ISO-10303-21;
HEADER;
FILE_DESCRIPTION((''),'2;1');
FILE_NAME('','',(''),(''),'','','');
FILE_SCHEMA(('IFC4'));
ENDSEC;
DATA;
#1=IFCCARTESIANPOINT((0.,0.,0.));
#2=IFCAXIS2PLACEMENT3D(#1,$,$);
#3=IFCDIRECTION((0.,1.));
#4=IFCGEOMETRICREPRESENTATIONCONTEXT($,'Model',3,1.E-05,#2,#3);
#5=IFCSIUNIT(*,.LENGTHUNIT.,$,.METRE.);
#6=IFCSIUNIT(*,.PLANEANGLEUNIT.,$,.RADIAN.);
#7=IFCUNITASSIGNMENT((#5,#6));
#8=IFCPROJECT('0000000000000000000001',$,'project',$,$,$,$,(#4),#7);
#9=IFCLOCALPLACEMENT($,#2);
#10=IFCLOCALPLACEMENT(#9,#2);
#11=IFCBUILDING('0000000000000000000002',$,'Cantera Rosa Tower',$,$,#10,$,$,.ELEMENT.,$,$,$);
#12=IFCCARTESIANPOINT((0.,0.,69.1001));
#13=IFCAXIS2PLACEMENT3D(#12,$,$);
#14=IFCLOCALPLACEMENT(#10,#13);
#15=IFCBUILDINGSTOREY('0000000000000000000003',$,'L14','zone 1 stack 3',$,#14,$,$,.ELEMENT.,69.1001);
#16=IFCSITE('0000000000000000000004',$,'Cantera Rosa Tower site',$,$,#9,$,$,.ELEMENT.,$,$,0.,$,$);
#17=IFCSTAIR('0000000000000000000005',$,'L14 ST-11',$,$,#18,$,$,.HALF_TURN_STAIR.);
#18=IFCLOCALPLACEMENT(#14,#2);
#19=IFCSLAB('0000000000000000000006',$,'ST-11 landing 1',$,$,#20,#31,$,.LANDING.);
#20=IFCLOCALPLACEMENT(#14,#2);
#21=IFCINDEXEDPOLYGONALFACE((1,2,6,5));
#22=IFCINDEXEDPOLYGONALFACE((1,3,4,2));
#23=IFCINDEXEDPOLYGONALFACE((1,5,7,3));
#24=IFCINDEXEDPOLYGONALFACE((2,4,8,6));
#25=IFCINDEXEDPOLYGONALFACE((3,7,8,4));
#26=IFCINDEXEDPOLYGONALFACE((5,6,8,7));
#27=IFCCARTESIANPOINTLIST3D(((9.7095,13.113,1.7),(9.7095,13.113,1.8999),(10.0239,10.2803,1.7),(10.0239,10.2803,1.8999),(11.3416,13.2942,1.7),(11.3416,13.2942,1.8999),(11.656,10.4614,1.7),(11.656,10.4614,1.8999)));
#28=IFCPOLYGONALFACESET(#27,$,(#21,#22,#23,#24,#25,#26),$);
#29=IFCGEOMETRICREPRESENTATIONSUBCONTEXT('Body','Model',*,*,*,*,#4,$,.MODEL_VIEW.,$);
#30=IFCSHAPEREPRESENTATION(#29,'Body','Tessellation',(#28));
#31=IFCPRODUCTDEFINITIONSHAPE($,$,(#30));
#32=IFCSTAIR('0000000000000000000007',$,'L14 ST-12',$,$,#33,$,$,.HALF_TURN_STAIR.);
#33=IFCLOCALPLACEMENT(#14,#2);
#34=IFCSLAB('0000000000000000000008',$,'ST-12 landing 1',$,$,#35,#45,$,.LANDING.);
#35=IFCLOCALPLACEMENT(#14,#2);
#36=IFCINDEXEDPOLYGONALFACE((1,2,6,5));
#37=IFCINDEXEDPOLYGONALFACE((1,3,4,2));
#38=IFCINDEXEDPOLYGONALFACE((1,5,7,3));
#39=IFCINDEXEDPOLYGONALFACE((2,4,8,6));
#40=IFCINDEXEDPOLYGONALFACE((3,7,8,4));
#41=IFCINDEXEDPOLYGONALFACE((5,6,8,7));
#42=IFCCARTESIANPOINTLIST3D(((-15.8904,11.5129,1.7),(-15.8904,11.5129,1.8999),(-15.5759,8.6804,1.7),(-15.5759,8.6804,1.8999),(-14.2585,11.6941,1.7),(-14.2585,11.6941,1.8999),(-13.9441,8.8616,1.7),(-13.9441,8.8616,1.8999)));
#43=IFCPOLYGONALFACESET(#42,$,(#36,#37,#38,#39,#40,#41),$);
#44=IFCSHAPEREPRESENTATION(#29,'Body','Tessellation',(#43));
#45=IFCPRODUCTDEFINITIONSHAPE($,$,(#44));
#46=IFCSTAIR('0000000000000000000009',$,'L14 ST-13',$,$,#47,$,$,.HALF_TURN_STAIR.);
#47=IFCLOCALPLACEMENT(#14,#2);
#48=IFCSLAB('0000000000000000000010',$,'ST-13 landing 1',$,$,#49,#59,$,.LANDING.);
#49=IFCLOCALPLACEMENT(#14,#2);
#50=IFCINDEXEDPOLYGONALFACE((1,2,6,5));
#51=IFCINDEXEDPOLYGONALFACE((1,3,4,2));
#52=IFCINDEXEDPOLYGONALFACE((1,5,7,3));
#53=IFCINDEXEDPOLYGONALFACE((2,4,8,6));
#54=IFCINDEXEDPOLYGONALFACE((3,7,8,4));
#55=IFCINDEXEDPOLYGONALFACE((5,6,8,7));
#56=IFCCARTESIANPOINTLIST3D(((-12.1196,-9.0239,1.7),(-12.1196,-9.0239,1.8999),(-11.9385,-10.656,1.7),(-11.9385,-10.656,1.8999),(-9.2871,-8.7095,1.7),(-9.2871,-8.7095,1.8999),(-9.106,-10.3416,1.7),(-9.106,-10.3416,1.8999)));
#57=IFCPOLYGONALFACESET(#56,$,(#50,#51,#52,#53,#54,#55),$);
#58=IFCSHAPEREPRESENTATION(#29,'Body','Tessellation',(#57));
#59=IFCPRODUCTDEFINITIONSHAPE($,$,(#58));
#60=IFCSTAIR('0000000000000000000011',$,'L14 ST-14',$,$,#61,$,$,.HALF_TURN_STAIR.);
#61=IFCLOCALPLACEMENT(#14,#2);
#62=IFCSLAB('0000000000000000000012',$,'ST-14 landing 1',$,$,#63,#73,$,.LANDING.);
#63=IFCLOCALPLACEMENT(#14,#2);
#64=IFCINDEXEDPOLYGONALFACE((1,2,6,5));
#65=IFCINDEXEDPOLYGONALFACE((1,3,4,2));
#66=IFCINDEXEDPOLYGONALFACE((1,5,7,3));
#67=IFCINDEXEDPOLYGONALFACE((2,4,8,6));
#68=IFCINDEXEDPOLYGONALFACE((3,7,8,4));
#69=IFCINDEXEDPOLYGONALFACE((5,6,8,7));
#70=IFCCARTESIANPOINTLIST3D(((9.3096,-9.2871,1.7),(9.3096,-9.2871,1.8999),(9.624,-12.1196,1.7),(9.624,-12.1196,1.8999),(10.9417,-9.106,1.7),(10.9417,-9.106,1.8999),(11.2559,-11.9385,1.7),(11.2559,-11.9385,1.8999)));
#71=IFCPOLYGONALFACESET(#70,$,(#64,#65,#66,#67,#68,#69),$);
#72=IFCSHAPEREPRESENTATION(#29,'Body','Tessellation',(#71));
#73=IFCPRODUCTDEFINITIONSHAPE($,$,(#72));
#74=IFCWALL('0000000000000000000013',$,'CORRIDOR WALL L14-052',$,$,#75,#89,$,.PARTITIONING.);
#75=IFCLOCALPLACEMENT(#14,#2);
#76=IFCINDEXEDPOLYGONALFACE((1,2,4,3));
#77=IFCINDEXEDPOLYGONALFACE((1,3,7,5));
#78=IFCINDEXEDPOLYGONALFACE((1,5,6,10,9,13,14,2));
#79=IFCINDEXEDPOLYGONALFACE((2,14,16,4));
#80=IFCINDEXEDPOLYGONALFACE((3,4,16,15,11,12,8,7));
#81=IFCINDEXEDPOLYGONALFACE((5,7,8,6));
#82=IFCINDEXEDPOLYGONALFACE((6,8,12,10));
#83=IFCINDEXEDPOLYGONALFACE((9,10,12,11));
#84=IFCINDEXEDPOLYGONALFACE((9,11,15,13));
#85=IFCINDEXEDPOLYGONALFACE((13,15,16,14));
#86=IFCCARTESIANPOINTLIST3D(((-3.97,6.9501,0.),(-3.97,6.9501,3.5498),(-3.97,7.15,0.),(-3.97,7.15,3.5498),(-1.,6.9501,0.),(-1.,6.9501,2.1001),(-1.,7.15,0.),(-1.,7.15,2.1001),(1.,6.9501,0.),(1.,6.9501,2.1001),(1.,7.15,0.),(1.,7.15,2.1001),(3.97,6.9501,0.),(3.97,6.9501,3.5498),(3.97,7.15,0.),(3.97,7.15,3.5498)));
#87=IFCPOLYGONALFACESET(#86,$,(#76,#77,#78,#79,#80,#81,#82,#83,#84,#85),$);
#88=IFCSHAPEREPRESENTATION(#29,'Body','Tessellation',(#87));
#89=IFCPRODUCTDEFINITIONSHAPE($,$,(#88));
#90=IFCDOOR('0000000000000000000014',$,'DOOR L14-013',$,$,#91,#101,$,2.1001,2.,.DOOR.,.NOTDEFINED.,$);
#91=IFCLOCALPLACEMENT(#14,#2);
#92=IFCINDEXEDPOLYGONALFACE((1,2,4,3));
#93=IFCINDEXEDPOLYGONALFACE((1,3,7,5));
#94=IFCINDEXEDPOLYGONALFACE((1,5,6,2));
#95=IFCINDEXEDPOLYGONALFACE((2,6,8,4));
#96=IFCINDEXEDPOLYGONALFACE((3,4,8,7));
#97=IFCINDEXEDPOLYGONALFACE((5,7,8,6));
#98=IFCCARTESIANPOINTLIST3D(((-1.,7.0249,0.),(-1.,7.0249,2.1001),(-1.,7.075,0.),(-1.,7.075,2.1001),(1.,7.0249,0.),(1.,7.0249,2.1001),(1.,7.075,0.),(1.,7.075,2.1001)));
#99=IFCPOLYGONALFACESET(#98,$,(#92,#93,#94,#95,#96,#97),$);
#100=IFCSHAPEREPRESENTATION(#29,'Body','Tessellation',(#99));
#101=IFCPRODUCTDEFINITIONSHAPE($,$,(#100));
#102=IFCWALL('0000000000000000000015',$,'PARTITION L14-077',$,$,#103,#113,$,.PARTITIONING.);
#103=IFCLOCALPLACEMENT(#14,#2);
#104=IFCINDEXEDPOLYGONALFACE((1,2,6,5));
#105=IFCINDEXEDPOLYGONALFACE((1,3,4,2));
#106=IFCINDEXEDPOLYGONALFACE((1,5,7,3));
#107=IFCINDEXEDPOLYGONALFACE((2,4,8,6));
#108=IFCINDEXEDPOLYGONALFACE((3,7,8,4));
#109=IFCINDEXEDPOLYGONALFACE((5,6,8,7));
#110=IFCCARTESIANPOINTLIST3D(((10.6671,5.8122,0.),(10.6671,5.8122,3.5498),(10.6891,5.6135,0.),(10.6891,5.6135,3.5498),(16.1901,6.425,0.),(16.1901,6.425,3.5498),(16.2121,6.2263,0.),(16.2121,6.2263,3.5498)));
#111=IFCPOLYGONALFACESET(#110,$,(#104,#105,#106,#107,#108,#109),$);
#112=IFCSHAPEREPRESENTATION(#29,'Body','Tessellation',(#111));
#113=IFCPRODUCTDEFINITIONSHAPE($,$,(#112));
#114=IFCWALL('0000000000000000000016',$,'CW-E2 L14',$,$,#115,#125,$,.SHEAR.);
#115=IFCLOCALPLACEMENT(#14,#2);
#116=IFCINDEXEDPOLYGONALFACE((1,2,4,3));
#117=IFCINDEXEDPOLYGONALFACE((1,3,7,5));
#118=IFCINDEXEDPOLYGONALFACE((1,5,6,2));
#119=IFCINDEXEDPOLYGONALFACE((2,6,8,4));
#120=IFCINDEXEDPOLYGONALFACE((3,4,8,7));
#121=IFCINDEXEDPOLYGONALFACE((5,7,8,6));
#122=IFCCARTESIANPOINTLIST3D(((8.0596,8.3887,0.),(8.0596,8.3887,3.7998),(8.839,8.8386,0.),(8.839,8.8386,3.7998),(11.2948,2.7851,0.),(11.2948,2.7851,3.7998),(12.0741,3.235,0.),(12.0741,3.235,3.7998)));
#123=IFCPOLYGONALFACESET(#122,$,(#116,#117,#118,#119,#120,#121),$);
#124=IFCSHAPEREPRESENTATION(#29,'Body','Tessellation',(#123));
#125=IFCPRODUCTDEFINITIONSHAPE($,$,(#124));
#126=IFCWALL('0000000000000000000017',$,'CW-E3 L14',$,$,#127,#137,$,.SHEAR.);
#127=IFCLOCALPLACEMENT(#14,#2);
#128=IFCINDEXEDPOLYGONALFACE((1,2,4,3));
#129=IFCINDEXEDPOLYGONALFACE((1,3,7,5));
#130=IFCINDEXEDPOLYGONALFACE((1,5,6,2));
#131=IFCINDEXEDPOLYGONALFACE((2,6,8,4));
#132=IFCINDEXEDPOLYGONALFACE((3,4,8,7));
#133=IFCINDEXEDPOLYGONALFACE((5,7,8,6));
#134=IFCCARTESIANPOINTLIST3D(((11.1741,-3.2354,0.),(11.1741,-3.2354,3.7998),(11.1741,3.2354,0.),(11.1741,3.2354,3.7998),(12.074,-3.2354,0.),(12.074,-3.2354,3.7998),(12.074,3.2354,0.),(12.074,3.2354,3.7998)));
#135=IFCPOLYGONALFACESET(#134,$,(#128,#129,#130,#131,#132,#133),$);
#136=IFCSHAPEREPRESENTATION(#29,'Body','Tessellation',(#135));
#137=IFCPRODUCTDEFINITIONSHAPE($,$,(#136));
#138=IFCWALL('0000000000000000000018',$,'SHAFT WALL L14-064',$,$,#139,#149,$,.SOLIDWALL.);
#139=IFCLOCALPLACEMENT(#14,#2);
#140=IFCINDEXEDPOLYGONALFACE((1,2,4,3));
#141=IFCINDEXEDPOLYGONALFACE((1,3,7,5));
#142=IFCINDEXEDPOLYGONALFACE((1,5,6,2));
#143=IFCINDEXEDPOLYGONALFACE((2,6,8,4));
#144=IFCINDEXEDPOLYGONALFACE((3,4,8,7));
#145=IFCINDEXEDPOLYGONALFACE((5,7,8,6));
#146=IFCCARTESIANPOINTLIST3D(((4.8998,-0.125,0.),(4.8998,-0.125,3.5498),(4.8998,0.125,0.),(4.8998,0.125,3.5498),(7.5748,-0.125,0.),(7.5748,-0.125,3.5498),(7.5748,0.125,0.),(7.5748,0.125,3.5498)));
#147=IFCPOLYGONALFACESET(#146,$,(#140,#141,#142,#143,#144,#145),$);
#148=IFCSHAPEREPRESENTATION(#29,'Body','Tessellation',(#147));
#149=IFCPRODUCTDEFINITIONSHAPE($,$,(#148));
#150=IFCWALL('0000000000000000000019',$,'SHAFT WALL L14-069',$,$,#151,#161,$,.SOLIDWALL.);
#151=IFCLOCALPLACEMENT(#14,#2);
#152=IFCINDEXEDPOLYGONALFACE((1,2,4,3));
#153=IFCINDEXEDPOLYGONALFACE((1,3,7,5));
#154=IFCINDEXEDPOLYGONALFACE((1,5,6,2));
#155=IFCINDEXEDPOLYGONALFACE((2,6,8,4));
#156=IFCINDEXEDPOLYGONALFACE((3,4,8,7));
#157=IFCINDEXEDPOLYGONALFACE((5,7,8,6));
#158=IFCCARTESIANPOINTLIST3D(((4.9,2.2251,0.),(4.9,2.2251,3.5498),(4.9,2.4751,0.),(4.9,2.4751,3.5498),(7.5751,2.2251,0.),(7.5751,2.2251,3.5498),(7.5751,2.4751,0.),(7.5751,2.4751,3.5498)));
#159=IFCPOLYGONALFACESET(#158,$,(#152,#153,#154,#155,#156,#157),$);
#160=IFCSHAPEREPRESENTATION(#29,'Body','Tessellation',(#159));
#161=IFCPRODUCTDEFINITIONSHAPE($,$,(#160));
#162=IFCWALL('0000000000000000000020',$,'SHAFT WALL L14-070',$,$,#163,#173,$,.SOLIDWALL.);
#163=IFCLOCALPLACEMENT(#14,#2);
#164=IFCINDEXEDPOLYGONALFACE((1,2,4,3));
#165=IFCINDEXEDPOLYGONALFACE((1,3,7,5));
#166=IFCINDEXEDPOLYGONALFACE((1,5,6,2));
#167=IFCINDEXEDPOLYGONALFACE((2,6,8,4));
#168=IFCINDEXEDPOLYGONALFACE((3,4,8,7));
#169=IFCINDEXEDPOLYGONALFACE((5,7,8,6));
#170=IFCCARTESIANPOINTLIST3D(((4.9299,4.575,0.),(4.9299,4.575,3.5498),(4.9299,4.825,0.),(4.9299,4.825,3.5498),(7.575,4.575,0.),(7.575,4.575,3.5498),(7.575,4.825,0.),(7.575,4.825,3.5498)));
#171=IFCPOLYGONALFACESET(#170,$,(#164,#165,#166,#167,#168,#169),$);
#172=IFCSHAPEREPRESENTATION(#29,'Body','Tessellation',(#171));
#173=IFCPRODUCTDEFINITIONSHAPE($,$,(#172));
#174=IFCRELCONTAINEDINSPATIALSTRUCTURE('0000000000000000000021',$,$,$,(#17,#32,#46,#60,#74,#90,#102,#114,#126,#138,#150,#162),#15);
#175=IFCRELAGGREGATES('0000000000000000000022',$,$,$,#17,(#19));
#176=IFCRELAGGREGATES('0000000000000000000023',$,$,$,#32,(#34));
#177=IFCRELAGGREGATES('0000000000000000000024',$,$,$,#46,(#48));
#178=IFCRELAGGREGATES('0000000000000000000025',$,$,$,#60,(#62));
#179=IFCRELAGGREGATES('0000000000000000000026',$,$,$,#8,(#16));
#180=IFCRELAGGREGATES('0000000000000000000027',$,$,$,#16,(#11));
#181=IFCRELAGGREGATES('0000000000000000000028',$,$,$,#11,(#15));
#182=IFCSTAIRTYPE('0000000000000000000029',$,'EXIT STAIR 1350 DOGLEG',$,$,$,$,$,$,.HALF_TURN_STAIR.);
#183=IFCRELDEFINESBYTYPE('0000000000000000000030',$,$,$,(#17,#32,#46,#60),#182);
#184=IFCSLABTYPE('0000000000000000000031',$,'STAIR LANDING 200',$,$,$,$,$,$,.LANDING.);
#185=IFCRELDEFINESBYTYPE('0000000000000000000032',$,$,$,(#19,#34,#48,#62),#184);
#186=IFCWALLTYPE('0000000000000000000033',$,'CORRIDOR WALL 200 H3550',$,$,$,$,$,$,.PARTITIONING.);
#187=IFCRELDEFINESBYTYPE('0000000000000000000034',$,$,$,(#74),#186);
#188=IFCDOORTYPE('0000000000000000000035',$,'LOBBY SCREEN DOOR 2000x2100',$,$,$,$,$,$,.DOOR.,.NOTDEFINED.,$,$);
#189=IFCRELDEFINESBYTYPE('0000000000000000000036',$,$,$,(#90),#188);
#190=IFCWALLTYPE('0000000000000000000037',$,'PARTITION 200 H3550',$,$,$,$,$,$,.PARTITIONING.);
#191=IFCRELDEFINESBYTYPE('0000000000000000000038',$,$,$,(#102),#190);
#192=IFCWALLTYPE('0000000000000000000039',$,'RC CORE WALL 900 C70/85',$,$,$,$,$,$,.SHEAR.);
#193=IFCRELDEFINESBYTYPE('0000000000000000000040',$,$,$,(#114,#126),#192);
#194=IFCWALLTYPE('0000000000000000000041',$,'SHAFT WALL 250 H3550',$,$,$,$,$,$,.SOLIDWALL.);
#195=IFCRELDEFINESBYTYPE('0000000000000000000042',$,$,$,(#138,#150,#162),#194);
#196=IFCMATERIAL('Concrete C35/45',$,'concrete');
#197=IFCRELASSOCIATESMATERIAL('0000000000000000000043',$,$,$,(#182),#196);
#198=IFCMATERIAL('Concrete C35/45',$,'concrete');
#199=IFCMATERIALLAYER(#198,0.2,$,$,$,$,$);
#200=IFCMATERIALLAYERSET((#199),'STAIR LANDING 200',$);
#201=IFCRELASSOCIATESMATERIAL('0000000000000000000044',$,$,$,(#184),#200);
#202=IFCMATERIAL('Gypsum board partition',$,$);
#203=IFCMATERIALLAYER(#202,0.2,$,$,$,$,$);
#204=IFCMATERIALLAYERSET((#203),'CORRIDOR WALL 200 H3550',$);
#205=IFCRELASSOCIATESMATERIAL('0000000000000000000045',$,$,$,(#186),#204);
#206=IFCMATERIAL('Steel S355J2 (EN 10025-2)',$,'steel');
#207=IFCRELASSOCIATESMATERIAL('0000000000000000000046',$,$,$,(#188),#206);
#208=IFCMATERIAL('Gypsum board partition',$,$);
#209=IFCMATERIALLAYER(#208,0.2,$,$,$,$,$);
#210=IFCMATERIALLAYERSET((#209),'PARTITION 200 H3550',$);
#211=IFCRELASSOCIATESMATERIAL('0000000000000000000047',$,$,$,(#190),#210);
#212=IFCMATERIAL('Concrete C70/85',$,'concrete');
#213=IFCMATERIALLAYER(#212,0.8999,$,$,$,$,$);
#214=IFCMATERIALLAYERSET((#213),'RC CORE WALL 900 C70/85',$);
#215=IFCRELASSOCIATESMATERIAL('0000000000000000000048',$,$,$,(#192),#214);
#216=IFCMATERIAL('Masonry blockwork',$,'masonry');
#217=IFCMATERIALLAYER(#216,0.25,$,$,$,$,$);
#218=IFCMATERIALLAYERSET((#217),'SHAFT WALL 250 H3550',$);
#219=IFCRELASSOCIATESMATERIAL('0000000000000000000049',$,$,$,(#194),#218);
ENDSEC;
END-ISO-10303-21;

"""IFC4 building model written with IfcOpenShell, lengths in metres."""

from ifc_helpers import new_model, si_unit, direction, frame, frame_2d, origin, place, context, subcontext, project, spatial, polyline, rectangle, outline, extrude, material, layer, layer_set, type_object, element, fill, aggregate, save


model = new_model("IFC4")

# Units and contexts
model_context = context("Model", 3, precision=1e-05, world=origin(), true_north=direction((0.0, 1.0)))
body_context = subcontext(model_context, "Body", "Model", "MODEL_VIEW")
ifc_project = project(units=[si_unit("LENGTHUNIT", "METRE"), si_unit("PLANEANGLEUNIT", "RADIAN")], contexts=[model_context])

# Site, building, storey
site_placement = place(None, origin())
site = spatial("IfcSite", under=ifc_project, at=site_placement, Name="Cantera Rosa Tower site", CompositionType="ELEMENT", RefElevation=0.0)
building_placement = place(site_placement, origin())
building = spatial("IfcBuilding", under=site, at=building_placement, Name="Cantera Rosa Tower", CompositionType="ELEMENT")
storey_placement = place(building_placement, frame((0.0, 0.0, 69.1001)))
storey = spatial("IfcBuildingStorey", under=building, at=storey_placement, Name="L14", Description="zone 1 stack 3", CompositionType="ELEMENT", Elevation=69.1001)

# Stairs, slabs
ifc_material_1 = material(Name="Concrete C35/45", Category="concrete")
stair_type = type_object("IfcStairType", Name="EXIT STAIR 1350 DOGLEG", PredefinedType="HALF_TURN_STAIR", material=ifc_material_1)
stair_1_placement = place(storey_placement, origin())
stair_1 = element("IfcStair", 1, at=stair_1_placement, inside=storey, type_object=stair_type, Name="L14 ST-11", PredefinedType="HALF_TURN_STAIR")
ifc_material_2 = material(Name="Concrete C35/45", Category="concrete")
ifc_layer_1 = layer(ifc_material_2, 0.2)
ifc_layer_set_1 = layer_set([ifc_layer_1], Name="STAIR LANDING 200")
slab_type_1 = type_object("IfcSlabType", Name="STAIR LANDING 200", PredefinedType="LANDING", material=ifc_layer_set_1)
slab_1_placement = place(storey_placement, frame((0.0, 0.0, 1.7)))
slab_1 = element("IfcSlab", 2, at=slab_1_placement, type_object=slab_type_1, Name="ST-11 landing 1", PredefinedType="LANDING", context=body_context, shape_type="SweptSolid", body=[
    extrude(outline(polyline([(11.3416, 13.2942), (9.7095, 13.113), (10.0239, 10.2803), (11.656, 10.4614), (11.3416, 13.2942)])), origin(), (0.0, 0.0, 1.0), 0.2),
])
aggregate(stair_1, [slab_1])
stair_2_placement = place(storey_placement, origin())
stair_2 = element("IfcStair", 3, at=stair_2_placement, inside=storey, type_object=stair_type, Name="L14 ST-12", PredefinedType="HALF_TURN_STAIR")
slab_2_placement = place(storey_placement, frame((0.0, 0.0, 1.7)))
slab_2 = element("IfcSlab", 4, at=slab_2_placement, type_object=slab_type_1, Name="ST-12 landing 1", PredefinedType="LANDING", context=body_context, shape_type="SweptSolid", body=[
    extrude(outline(polyline([(-14.2585, 11.6941), (-15.8904, 11.5129), (-15.5759, 8.6804), (-13.9441, 8.8616), (-14.2585, 11.6941)])), origin(), (0.0, 0.0, 1.0), 0.2),
])
aggregate(stair_2, [slab_2])
stair_3_placement = place(storey_placement, origin())
stair_3 = element("IfcStair", 5, at=stair_3_placement, inside=storey, type_object=stair_type, Name="L14 ST-13", PredefinedType="HALF_TURN_STAIR")
slab_3_placement = place(storey_placement, frame((0.0, 0.0, 1.7)))
slab_3 = element("IfcSlab", 6, at=slab_3_placement, type_object=slab_type_1, Name="ST-13 landing 1", PredefinedType="LANDING", context=body_context, shape_type="SweptSolid", body=[
    extrude(outline(polyline([(-9.106, -10.3416), (-9.2871, -8.7095), (-12.1196, -9.0239), (-11.9385, -10.656), (-9.106, -10.3416)])), origin(), (0.0, 0.0, 1.0), 0.2),
])
aggregate(stair_3, [slab_3])
stair_4_placement = place(storey_placement, origin())
stair_4 = element("IfcStair", 7, at=stair_4_placement, inside=storey, type_object=stair_type, Name="L14 ST-14", PredefinedType="HALF_TURN_STAIR")
slab_4_placement = place(storey_placement, frame((0.0, 0.0, 1.7)))
slab_4 = element("IfcSlab", 8, at=slab_4_placement, type_object=slab_type_1, Name="ST-14 landing 1", PredefinedType="LANDING", context=body_context, shape_type="SweptSolid", body=[
    extrude(outline(polyline([(10.9417, -9.106), (9.3096, -9.2871), (9.624, -12.1196), (11.2559, -11.9385), (10.9417, -9.106)])), origin(), (0.0, 0.0, 1.0), 0.2),
])
aggregate(stair_4, [slab_4])

# Wall, opening, door
ifc_material_3 = material(Name="Gypsum board partition")
ifc_layer_2 = layer(ifc_material_3, 0.2)
ifc_layer_set_2 = layer_set([ifc_layer_2], Name="CORRIDOR WALL 200 H3550")
wall_type_1 = type_object("IfcWallType", Name="CORRIDOR WALL 200 H3550", PredefinedType="PARTITIONING", material=ifc_layer_set_2)
wall_1_placement = place(storey_placement, frame((-3.97, 7.05, 0.0), z_axis=(0.0, 0.0, 1.0), x_axis=(1.0, 0.0, 0.0)))
wall_1 = element("IfcWall", 9, at=wall_1_placement, inside=storey, type_object=wall_type_1, Name="CORRIDOR WALL L14-052", PredefinedType="PARTITIONING", context=body_context, shape_type="SweptSolid", body=[
    extrude(rectangle(XDim=7.9399, YDim=0.2, at=frame_2d((3.97, 0.0))), origin(), (0.0, 0.0, 1.0), 3.5498),
])
opening_1_placement = place(wall_1_placement, frame((2.97, 0.0, 0.0)))
opening_1 = element("IfcOpeningElement", 10, at=opening_1_placement, cuts=wall_1, PredefinedType="OPENING", context=body_context, shape_type="SweptSolid", body=[
    extrude(rectangle(XDim=2.0, YDim=2.1001, at=frame_2d((1.0, 1.05))), frame((0.0, 0.1099, 0.0), z_axis=(0.0, -1.0, 0.0), x_axis=(1.0, 0.0, 0.0)), (0.0, 0.0, 1.0), 0.22),
])
ifc_material_4 = material(Name="Steel S355J2 (EN 10025-2)", Category="steel")
door_type_1 = type_object("IfcDoorType", Name="LOBBY SCREEN DOOR 2000x2100", OperationType="NOTDEFINED", PredefinedType="DOOR", material=ifc_material_4)
door_1_placement = place(opening_1_placement, origin())
door_1 = element("IfcDoor", 11, at=door_1_placement, inside=storey, type_object=door_type_1, Name="DOOR L14-013", OperationType="NOTDEFINED", OverallHeight=2.1001, OverallWidth=2.0, PredefinedType="DOOR", context=body_context, shape_type="SweptSolid", body=[
    extrude(rectangle(XDim=2.0, YDim=2.1001, at=frame_2d((1.0, 1.05))), frame((0.0, 0.0249, 0.0), z_axis=(0.0, -1.0, 0.0), x_axis=(1.0, 0.0, 0.0)), (0.0, 0.0, 1.0), 0.05),
])
fill(opening_1, door_1)

# Walls
ifc_material_5 = material(Name="Gypsum board partition")
ifc_layer_3 = layer(ifc_material_5, 0.2)
ifc_layer_set_3 = layer_set([ifc_layer_3], Name="PARTITION 200 H3550")
wall_type_2 = type_object("IfcWallType", Name="PARTITION 200 H3550", PredefinedType="PARTITIONING", material=ifc_layer_set_3)
wall_2_placement = place(storey_placement, frame((10.6782, 5.7129, 0.0), z_axis=(0.0, 0.0, 1.0), x_axis=(0.993901, 0.110277, 0.0)))
element("IfcWall", 12, at=wall_2_placement, inside=storey, type_object=wall_type_2, Name="PARTITION L14-077", PredefinedType="PARTITIONING", context=body_context, shape_type="SweptSolid", body=[
    extrude(rectangle(XDim=5.5569, YDim=0.2, at=frame_2d((2.7783, 0.0))), origin(), (0.0, 0.0, 1.0), 3.5498),
])
ifc_material_6 = material(Name="Concrete C70/85", Category="concrete")
ifc_layer_4 = layer(ifc_material_6, 0.8999)
ifc_layer_set_4 = layer_set([ifc_layer_4], Name="RC CORE WALL 900 C70/85")
wall_type_3 = type_object("IfcWallType", Name="RC CORE WALL 900 C70/85", PredefinedType="SHEAR", material=ifc_layer_set_4)
wall_3_placement = place(storey_placement, frame((8.4492, 8.6138, 0.0), z_axis=(0.0, 0.0, 1.0), x_axis=(0.49999, -0.866031, 0.0)))
element("IfcWall", 13, at=wall_3_placement, inside=storey, type_object=wall_type_3, Name="CW-E2 L14", PredefinedType="SHEAR", context=body_context, shape_type="SweptSolid", body=[
    extrude(rectangle(XDim=6.4705, YDim=0.8999, at=frame_2d((3.2354, 0.0))), origin(), (0.0, 0.0, 1.0), 3.7998),
])
wall_4_placement = place(storey_placement, frame((11.624, 3.2354, 0.0), z_axis=(0.0, 0.0, 1.0), x_axis=(0.0, -1.0, 0.0)))
element("IfcWall", 14, at=wall_4_placement, inside=storey, type_object=wall_type_3, Name="CW-E3 L14", PredefinedType="SHEAR", context=body_context, shape_type="SweptSolid", body=[
    extrude(rectangle(XDim=6.4707, YDim=0.8999, at=frame_2d((3.2354, 0.0))), origin(), (0.0, 0.0, 1.0), 3.7998),
])
ifc_material_7 = material(Name="Masonry blockwork", Category="masonry")
ifc_layer_5 = layer(ifc_material_7, 0.25)
ifc_layer_set_5 = layer_set([ifc_layer_5], Name="SHAFT WALL 250 H3550")
wall_type_4 = type_object("IfcWallType", Name="SHAFT WALL 250 H3550", PredefinedType="SOLIDWALL", material=ifc_layer_set_5)
for number, where, z_axis, x_axis, name in (
    (15, (4.8999, 0.0, 0.0), (0.0, 0.0, 1.0), (1.0, 0.0, 0.0), "SHAFT WALL L14-064"),
    (16, (7.575, 2.3501, 0.0), (0.0, 0.0, 1.0), (-1.0, 0.0, 0.0), "SHAFT WALL L14-069"),
):
    element("IfcWall", number, at=place(storey_placement, frame(where, z_axis=z_axis, x_axis=x_axis)), inside=storey, type_object=wall_type_4, Name=name, PredefinedType="SOLIDWALL", context=body_context, shape_type="SweptSolid", body=[
        extrude(rectangle(XDim=2.675, YDim=0.25, at=frame_2d((1.3374, 0.0))), origin(), (0.0, 0.0, 1.0), 3.5498),
    ])
wall_5_placement = place(storey_placement, frame((7.575, 4.7, 0.0), z_axis=(0.0, 0.0, 1.0), x_axis=(-1.0, 0.0, 0.0)))
element("IfcWall", 17, at=wall_5_placement, inside=storey, type_object=wall_type_4, Name="SHAFT WALL L14-070", PredefinedType="SOLIDWALL", context=body_context, shape_type="SweptSolid", body=[
    extrude(rectangle(XDim=2.645, YDim=0.25, at=frame_2d((1.3225, 0.0))), origin(), (0.0, 0.0, 1.0), 3.5498),
])

save(model, "model.ifc")
